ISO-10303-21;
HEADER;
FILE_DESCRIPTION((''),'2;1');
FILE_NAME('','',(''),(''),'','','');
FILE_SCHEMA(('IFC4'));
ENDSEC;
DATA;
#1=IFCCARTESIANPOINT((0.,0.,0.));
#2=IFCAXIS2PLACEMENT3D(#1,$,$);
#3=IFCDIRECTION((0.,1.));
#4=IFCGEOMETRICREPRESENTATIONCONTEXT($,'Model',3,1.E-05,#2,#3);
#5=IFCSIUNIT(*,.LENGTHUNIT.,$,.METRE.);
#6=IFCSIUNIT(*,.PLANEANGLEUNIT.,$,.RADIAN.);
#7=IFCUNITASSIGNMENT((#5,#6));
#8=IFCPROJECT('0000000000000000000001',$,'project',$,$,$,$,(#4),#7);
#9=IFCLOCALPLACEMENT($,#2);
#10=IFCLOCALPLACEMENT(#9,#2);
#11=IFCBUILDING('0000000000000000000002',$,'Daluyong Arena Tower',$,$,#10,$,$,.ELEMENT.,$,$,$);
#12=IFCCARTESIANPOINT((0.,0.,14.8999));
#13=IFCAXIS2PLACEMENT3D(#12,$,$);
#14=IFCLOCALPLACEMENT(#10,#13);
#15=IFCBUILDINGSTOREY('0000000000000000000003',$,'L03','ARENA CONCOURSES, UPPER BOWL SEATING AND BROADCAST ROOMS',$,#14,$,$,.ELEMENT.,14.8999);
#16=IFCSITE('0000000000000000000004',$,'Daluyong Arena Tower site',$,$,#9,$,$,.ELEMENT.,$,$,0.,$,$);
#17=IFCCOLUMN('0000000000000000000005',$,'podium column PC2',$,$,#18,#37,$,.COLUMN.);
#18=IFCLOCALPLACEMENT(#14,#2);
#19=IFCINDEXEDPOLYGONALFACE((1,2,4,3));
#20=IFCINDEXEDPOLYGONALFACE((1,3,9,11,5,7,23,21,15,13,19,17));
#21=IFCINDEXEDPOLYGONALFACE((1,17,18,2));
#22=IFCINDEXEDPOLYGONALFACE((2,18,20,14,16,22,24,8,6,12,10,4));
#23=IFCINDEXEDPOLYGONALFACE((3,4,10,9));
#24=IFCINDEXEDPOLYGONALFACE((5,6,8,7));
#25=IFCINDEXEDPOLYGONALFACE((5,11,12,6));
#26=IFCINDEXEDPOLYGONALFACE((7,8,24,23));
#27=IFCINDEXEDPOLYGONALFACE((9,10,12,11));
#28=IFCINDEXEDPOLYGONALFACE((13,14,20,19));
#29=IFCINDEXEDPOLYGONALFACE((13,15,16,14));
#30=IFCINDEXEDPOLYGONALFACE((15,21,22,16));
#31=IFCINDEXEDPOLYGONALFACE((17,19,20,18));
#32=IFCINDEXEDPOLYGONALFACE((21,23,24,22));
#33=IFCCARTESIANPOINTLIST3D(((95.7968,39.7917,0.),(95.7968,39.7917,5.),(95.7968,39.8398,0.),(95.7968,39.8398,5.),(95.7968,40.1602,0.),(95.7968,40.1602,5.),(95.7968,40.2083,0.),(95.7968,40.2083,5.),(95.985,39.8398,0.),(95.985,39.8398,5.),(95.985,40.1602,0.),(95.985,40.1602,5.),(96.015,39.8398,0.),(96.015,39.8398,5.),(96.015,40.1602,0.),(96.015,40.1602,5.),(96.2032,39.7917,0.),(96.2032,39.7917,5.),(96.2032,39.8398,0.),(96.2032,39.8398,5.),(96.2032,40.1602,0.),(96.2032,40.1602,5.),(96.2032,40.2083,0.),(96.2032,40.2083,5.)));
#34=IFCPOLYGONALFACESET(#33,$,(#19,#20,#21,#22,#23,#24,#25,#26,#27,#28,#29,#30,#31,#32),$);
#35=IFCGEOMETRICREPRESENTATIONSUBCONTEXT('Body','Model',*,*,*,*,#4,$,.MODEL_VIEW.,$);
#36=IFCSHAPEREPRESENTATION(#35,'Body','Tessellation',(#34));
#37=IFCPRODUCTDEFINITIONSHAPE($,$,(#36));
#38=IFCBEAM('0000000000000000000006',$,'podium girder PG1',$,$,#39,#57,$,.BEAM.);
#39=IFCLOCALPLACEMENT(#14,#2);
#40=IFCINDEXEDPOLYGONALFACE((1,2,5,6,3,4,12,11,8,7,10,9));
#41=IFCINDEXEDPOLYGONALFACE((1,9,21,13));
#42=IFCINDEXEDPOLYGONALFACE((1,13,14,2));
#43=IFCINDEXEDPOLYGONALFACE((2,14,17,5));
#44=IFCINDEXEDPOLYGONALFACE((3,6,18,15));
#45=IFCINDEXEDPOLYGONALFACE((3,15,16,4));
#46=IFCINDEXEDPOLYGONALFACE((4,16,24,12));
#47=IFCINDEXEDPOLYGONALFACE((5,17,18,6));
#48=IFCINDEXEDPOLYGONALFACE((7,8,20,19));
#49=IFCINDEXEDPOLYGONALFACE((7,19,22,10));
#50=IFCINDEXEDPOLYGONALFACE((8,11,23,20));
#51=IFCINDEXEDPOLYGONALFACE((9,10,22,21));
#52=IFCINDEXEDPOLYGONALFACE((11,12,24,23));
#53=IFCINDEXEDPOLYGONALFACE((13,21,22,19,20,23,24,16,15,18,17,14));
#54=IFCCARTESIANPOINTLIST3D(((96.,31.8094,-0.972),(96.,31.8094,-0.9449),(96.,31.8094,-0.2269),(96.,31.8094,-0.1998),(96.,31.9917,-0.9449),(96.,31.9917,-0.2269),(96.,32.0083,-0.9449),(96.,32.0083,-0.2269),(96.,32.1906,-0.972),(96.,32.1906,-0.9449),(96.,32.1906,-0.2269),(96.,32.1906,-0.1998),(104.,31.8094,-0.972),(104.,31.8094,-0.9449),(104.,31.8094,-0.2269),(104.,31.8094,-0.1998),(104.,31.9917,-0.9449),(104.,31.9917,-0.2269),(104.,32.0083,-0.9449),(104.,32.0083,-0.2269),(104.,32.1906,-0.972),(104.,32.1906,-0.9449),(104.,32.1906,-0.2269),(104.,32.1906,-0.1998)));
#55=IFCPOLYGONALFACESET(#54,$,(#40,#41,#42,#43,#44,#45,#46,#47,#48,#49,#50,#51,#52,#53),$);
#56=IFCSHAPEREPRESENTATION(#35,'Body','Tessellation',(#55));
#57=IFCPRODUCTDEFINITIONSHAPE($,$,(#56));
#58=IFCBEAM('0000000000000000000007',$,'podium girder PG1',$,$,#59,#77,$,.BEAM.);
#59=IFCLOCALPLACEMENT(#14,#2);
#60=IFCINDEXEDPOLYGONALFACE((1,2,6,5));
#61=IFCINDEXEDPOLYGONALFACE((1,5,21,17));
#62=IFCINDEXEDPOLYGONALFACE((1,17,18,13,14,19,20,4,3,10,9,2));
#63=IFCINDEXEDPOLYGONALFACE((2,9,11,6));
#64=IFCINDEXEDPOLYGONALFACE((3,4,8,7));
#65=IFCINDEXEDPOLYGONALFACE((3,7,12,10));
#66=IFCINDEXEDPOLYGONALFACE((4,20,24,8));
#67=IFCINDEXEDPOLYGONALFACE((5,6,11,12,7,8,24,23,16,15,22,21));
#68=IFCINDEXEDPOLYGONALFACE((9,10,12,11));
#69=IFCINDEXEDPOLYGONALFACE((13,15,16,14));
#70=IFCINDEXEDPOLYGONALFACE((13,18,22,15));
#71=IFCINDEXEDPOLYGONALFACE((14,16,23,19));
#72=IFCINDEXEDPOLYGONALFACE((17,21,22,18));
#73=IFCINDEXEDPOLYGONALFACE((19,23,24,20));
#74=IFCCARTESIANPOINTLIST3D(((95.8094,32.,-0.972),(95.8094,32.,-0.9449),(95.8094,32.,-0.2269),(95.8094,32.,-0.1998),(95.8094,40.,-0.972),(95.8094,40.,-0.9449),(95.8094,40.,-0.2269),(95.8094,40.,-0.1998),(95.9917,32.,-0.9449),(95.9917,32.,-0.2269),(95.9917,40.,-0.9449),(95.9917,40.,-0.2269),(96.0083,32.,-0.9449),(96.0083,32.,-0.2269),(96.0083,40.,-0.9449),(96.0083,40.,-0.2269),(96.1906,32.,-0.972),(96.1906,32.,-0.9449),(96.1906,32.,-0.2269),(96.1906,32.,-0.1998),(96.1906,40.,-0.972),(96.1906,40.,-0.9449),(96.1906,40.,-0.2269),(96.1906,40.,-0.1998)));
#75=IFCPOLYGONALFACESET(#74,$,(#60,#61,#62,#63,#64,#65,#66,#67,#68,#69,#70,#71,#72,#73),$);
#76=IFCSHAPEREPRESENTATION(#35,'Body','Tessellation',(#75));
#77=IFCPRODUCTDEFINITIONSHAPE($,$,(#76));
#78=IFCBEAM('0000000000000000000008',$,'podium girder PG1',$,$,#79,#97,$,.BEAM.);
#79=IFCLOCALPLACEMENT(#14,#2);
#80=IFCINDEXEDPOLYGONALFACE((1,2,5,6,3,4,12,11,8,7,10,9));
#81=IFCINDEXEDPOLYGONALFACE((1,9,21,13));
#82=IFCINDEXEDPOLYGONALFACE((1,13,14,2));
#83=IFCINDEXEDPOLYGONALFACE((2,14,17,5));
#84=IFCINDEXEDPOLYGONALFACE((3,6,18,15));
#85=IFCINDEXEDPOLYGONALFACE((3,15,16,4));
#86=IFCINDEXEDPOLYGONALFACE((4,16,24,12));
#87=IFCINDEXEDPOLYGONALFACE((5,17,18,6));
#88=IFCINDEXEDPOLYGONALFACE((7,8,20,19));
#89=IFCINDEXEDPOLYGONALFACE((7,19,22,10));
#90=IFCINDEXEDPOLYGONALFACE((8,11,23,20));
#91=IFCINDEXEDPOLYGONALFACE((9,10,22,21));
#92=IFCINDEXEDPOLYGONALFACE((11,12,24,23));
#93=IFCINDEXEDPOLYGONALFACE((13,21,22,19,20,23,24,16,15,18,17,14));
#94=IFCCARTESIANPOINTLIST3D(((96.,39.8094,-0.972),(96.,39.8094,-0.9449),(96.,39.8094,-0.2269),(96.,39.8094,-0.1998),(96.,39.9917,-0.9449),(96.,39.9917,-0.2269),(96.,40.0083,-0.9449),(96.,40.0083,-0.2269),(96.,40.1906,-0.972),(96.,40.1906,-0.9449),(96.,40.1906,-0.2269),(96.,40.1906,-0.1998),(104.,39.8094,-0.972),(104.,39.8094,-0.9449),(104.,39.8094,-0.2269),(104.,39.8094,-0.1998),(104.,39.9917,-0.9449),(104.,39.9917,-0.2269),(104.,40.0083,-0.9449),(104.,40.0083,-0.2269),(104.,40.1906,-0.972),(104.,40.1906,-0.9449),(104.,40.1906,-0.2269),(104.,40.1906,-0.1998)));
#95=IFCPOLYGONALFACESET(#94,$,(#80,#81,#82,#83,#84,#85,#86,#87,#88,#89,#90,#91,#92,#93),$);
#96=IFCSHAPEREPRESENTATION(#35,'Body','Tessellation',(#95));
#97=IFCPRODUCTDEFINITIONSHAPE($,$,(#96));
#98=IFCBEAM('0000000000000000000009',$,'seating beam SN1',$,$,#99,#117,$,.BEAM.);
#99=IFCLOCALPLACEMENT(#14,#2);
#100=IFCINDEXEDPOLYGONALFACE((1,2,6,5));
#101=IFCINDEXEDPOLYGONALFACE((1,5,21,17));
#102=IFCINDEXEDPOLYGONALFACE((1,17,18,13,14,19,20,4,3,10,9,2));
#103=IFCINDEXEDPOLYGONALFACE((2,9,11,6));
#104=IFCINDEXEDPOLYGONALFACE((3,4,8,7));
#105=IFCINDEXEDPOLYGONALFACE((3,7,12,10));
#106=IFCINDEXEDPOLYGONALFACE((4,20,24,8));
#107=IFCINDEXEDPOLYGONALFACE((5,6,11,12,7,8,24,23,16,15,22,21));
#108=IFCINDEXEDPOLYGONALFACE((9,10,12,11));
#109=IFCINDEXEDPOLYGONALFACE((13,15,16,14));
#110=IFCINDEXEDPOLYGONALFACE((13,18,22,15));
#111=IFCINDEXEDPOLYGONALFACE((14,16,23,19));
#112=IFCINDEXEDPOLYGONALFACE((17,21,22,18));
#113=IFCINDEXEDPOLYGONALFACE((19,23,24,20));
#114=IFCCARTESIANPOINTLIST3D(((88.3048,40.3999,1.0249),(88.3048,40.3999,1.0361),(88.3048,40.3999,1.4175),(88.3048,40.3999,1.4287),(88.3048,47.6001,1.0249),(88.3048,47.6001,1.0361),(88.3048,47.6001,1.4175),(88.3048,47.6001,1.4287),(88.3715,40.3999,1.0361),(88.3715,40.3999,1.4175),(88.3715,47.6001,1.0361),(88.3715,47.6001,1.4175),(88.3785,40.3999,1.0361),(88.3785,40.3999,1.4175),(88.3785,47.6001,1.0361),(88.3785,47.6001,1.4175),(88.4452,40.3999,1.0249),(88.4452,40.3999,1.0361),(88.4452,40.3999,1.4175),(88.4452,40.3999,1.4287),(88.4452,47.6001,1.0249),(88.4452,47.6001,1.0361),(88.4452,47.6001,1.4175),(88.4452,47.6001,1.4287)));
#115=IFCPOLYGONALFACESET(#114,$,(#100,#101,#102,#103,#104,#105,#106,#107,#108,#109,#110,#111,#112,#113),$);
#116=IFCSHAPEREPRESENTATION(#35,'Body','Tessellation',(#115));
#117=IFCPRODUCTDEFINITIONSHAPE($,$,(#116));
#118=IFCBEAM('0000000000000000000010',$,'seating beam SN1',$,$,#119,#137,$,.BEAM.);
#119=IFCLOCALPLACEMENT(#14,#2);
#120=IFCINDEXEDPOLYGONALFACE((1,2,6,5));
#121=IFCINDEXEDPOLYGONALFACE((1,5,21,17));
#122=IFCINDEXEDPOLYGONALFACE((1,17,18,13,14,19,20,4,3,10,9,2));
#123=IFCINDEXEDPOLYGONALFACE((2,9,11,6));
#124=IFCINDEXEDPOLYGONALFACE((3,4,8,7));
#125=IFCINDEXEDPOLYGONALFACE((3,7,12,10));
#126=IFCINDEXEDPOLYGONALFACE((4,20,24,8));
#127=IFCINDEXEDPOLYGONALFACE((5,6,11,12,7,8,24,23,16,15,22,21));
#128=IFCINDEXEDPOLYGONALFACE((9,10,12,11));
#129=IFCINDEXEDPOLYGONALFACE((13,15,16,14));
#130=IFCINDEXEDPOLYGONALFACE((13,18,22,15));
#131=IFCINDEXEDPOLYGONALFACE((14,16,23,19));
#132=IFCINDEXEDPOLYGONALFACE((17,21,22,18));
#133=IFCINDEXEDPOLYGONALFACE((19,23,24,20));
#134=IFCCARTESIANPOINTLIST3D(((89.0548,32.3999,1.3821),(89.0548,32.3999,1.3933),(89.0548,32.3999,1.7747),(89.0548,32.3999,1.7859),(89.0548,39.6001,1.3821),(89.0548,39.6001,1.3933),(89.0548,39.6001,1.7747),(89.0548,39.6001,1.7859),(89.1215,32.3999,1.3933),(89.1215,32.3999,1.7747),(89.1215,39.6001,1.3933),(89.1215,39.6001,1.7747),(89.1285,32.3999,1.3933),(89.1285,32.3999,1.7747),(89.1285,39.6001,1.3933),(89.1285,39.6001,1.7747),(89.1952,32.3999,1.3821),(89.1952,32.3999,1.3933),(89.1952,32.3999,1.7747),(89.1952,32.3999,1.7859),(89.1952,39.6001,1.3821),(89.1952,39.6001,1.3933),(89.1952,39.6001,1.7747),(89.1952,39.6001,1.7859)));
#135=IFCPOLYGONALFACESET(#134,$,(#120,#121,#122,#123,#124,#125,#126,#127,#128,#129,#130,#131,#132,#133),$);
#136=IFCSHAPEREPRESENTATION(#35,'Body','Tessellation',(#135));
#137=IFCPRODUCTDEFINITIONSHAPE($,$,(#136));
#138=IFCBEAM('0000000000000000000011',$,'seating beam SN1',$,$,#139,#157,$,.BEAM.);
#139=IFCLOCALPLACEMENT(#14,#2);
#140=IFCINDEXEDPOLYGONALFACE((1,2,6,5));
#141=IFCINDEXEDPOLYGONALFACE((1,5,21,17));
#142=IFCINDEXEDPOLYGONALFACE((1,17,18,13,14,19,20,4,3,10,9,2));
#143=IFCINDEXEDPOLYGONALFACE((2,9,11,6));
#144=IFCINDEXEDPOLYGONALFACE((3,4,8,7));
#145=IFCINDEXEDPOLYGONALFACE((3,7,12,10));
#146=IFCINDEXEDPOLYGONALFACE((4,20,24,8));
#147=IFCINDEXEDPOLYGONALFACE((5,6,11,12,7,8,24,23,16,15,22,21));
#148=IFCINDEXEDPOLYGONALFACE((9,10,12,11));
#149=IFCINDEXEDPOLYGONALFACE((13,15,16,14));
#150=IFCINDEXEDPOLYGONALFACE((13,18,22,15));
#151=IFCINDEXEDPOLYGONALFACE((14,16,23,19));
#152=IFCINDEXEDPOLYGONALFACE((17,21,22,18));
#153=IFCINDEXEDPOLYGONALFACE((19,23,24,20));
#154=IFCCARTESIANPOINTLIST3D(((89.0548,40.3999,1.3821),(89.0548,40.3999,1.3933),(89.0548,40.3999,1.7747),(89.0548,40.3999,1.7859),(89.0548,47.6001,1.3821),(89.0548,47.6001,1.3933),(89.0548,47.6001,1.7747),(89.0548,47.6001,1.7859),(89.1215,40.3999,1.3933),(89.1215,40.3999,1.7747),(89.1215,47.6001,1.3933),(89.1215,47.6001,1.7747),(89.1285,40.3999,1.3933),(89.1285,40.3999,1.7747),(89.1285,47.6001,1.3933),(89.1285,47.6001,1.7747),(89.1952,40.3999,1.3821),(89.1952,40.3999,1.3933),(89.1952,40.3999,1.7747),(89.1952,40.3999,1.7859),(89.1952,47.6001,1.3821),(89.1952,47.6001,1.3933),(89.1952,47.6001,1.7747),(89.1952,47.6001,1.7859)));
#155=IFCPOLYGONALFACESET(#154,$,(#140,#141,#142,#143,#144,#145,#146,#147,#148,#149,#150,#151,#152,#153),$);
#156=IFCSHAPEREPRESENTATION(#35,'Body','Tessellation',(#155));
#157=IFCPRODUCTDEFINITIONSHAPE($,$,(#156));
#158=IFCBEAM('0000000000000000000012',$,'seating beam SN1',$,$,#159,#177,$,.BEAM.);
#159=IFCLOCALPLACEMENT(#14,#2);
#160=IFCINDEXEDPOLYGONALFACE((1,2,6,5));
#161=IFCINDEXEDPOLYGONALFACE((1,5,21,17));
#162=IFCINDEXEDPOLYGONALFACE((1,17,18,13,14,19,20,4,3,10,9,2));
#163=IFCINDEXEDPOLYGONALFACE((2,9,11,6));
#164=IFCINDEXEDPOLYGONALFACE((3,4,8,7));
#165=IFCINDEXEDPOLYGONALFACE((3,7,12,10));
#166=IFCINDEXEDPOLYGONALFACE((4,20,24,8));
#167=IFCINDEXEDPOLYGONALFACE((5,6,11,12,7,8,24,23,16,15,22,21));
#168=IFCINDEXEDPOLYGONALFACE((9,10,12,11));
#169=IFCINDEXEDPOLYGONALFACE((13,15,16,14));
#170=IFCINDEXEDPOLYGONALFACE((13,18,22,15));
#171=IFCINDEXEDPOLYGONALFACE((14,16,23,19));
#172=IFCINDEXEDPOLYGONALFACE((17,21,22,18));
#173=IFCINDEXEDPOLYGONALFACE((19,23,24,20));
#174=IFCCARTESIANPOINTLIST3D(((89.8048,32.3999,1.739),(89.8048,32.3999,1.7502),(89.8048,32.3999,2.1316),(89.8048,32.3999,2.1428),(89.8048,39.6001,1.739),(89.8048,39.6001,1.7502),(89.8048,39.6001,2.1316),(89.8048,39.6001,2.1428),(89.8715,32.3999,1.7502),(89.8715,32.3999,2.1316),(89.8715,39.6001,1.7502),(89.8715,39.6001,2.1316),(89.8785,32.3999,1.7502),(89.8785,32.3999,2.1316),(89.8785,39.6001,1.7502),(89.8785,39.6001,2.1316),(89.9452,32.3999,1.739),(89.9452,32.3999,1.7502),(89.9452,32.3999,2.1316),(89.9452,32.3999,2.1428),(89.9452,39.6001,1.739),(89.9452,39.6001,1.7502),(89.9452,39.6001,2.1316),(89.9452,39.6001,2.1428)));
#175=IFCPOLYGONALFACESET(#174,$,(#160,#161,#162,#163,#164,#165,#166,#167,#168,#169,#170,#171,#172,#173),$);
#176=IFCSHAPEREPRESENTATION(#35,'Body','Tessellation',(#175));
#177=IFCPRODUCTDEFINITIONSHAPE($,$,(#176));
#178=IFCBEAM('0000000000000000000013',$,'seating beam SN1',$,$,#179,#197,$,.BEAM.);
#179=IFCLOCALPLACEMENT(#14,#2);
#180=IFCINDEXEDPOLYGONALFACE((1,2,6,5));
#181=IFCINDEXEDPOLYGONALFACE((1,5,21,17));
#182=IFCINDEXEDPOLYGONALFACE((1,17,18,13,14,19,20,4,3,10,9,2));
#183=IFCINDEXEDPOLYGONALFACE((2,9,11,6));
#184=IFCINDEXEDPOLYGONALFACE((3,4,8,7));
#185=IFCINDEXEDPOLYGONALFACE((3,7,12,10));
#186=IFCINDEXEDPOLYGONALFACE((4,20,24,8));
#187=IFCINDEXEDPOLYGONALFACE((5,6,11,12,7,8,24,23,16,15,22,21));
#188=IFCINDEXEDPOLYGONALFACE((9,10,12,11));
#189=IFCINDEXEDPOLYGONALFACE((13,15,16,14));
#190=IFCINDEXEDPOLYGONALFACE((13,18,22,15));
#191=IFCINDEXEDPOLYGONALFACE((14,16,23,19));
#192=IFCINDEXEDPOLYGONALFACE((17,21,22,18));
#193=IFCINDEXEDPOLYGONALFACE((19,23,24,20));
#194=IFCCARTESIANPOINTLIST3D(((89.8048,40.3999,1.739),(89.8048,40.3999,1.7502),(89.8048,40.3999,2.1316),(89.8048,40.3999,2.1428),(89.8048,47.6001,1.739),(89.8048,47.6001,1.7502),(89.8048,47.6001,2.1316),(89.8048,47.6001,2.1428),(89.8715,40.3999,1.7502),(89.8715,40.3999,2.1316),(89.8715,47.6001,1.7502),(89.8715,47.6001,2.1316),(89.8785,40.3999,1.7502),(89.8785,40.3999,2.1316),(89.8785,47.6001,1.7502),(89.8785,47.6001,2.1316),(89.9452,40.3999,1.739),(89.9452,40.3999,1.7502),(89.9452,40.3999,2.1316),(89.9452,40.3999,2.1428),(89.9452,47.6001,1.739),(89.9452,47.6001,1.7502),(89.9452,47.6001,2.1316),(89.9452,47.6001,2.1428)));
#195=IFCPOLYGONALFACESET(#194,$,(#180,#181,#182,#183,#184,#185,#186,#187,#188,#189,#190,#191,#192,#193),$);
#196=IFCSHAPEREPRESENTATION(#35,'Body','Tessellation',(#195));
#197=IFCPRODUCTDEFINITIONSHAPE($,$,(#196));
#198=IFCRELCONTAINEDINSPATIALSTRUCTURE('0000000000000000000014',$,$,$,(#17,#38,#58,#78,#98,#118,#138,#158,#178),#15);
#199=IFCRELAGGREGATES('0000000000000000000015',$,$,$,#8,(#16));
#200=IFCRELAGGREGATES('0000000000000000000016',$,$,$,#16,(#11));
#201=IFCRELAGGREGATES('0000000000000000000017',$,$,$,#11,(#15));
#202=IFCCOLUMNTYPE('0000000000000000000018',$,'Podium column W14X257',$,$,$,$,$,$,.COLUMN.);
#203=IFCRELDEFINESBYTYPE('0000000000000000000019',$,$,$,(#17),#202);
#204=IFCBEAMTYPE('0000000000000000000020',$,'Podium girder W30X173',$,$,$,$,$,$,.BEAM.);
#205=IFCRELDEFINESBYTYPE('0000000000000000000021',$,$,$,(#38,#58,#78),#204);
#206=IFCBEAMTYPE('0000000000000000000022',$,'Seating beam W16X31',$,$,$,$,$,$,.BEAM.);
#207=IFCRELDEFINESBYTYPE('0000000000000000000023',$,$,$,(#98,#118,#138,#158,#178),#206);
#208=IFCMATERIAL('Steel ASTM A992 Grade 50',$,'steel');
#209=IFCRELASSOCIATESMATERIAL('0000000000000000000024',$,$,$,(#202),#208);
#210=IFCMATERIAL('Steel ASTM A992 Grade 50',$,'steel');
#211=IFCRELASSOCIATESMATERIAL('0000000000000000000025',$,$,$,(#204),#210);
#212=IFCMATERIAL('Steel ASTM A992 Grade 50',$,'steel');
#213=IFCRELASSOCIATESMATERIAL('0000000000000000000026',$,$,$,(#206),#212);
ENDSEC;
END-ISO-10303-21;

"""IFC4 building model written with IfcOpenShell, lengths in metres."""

from ifc_helpers import new_model, si_unit, direction, frame, origin, origin_2d, place, context, subcontext, project, spatial, i_section, extrude, material, material_profile, profile_set, type_object, element, save


model = new_model("IFC4")

# Units and contexts
model_context = context("Model", 3, precision=1e-05, world=origin(), true_north=direction((0.0, 1.0)))
body_context = subcontext(model_context, "Body", "Model", "MODEL_VIEW")
ifc_project = project(units=[si_unit("LENGTHUNIT", "METRE"), si_unit("PLANEANGLEUNIT", "RADIAN")], contexts=[model_context])

# Site, building, storey
site_placement = place(None, origin())
site = spatial("IfcSite", under=ifc_project, at=site_placement, Name="Daluyong Arena Tower site", CompositionType="ELEMENT", RefElevation=0.0)
building_placement = place(site_placement, origin())
building = spatial("IfcBuilding", under=site, at=building_placement, Name="Daluyong Arena Tower", CompositionType="ELEMENT")
storey_placement = place(building_placement, frame((0.0, 0.0, 14.8999)))
storey = spatial("IfcBuildingStorey", under=building, at=storey_placement, Name="L03", Description="ARENA CONCOURSES, UPPER BOWL SEATING AND BROADCAST ROOMS", CompositionType="ELEMENT", Elevation=14.8999)

# Column
ifc_material_1 = material(Name="Steel ASTM A992 Grade 50", Category="steel")
ifc_material_profile_1 = material_profile(ifc_material_1, i_section(OverallWidth=0.4065, OverallDepth=0.4165, WebThickness=0.03, FlangeThickness=0.0481, at=origin_2d()))
ifc_profile_set_1 = profile_set([ifc_material_profile_1], Name="Steel ASTM A992 Grade 50")
column_type = type_object("IfcColumnType", Name="Podium column W14X257", PredefinedType="COLUMN", material=ifc_profile_set_1)
column_placement = place(storey_placement, frame((96.0, 40.0, 0.0), z_axis=(0.0, 0.0, 1.0), x_axis=(1.0, 0.0, 0.0)))
element("IfcColumn", 1, at=column_placement, inside=storey, type_object=column_type, Name="podium column PC2", PredefinedType="COLUMN", context=body_context, shape_type="SweptSolid", body=[
    extrude(i_section(OverallWidth=0.4065, OverallDepth=0.4165, WebThickness=0.03, FlangeThickness=0.0481, at=origin_2d()), origin(), (0.0, 0.0, 1.0), 5.0),
])

# Beams
ifc_material_2 = material(Name="Steel ASTM A992 Grade 50", Category="steel")
ifc_material_profile_2 = material_profile(ifc_material_2, i_section(OverallWidth=0.3811, OverallDepth=0.7722, WebThickness=0.0166, FlangeThickness=0.0271, at=origin_2d()))
ifc_profile_set_2 = profile_set([ifc_material_profile_2], Name="Steel ASTM A992 Grade 50")
beam_type_1 = type_object("IfcBeamType", Name="Podium girder W30X173", PredefinedType="BEAM", material=ifc_profile_set_2)
for number, where, z_axis, x_axis, name in (
    (2, (96.0, 32.0, -0.5859), (1.0, 0.0, 0.0), (0.0, 1.0, 0.0), "podium girder PG1"),
    (3, (96.0, 32.0, -0.5859), (0.0, 1.0, 0.0), (-1.0, 0.0, 0.0), "podium girder PG1"),
    (4, (96.0, 40.0, -0.5859), (1.0, 0.0, 0.0), (0.0, 1.0, 0.0), "podium girder PG1"),
):
    element("IfcBeam", number, at=place(storey_placement, frame(where, z_axis=z_axis, x_axis=x_axis)), inside=storey, type_object=beam_type_1, Name=name, PredefinedType="BEAM", context=body_context, shape_type="SweptSolid", body=[
        extrude(i_section(OverallWidth=0.3811, OverallDepth=0.7722, WebThickness=0.0166, FlangeThickness=0.0271, at=origin_2d()), origin(), (0.0, 0.0, 1.0), 8.0),
    ])
ifc_material_3 = material(Name="Steel ASTM A992 Grade 50", Category="steel")
ifc_material_profile_3 = material_profile(ifc_material_3, i_section(OverallWidth=0.1404, OverallDepth=0.4038, WebThickness=0.0071, FlangeThickness=0.0112, at=origin_2d()))
ifc_profile_set_3 = profile_set([ifc_material_profile_3], Name="Steel ASTM A992 Grade 50")
beam_type_2 = type_object("IfcBeamType", Name="Seating beam W16X31", PredefinedType="BEAM", material=ifc_profile_set_3)
for number, where, z_axis, x_axis, name in (
    (5, (88.375, 40.3999, 1.2268), (0.0, 1.0, 0.0), (-1.0, 0.0, 0.0), "seating beam SN1"),
    (6, (89.125, 32.3999, 1.584), (0.0, 1.0, 0.0), (-1.0, 0.0, 0.0), "seating beam SN1"),
    (7, (89.125, 40.3999, 1.584), (0.0, 1.0, 0.0), (-1.0, 0.0, 0.0), "seating beam SN1"),
    (8, (89.875, 32.3999, 1.9409), (0.0, 1.0, 0.0), (-1.0, 0.0, 0.0), "seating beam SN1"),
    (9, (89.875, 40.3999, 1.9409), (0.0, 1.0, 0.0), (-1.0, 0.0, 0.0), "seating beam SN1"),
):
    element("IfcBeam", number, at=place(storey_placement, frame(where, z_axis=z_axis, x_axis=x_axis)), inside=storey, type_object=beam_type_2, Name=name, PredefinedType="BEAM", context=body_context, shape_type="SweptSolid", body=[
        extrude(i_section(OverallWidth=0.1404, OverallDepth=0.4038, WebThickness=0.0071, FlangeThickness=0.0112, at=origin_2d()), origin(), (0.0, 0.0, 1.0), 7.2002),
    ])

save(model, "model.ifc")
